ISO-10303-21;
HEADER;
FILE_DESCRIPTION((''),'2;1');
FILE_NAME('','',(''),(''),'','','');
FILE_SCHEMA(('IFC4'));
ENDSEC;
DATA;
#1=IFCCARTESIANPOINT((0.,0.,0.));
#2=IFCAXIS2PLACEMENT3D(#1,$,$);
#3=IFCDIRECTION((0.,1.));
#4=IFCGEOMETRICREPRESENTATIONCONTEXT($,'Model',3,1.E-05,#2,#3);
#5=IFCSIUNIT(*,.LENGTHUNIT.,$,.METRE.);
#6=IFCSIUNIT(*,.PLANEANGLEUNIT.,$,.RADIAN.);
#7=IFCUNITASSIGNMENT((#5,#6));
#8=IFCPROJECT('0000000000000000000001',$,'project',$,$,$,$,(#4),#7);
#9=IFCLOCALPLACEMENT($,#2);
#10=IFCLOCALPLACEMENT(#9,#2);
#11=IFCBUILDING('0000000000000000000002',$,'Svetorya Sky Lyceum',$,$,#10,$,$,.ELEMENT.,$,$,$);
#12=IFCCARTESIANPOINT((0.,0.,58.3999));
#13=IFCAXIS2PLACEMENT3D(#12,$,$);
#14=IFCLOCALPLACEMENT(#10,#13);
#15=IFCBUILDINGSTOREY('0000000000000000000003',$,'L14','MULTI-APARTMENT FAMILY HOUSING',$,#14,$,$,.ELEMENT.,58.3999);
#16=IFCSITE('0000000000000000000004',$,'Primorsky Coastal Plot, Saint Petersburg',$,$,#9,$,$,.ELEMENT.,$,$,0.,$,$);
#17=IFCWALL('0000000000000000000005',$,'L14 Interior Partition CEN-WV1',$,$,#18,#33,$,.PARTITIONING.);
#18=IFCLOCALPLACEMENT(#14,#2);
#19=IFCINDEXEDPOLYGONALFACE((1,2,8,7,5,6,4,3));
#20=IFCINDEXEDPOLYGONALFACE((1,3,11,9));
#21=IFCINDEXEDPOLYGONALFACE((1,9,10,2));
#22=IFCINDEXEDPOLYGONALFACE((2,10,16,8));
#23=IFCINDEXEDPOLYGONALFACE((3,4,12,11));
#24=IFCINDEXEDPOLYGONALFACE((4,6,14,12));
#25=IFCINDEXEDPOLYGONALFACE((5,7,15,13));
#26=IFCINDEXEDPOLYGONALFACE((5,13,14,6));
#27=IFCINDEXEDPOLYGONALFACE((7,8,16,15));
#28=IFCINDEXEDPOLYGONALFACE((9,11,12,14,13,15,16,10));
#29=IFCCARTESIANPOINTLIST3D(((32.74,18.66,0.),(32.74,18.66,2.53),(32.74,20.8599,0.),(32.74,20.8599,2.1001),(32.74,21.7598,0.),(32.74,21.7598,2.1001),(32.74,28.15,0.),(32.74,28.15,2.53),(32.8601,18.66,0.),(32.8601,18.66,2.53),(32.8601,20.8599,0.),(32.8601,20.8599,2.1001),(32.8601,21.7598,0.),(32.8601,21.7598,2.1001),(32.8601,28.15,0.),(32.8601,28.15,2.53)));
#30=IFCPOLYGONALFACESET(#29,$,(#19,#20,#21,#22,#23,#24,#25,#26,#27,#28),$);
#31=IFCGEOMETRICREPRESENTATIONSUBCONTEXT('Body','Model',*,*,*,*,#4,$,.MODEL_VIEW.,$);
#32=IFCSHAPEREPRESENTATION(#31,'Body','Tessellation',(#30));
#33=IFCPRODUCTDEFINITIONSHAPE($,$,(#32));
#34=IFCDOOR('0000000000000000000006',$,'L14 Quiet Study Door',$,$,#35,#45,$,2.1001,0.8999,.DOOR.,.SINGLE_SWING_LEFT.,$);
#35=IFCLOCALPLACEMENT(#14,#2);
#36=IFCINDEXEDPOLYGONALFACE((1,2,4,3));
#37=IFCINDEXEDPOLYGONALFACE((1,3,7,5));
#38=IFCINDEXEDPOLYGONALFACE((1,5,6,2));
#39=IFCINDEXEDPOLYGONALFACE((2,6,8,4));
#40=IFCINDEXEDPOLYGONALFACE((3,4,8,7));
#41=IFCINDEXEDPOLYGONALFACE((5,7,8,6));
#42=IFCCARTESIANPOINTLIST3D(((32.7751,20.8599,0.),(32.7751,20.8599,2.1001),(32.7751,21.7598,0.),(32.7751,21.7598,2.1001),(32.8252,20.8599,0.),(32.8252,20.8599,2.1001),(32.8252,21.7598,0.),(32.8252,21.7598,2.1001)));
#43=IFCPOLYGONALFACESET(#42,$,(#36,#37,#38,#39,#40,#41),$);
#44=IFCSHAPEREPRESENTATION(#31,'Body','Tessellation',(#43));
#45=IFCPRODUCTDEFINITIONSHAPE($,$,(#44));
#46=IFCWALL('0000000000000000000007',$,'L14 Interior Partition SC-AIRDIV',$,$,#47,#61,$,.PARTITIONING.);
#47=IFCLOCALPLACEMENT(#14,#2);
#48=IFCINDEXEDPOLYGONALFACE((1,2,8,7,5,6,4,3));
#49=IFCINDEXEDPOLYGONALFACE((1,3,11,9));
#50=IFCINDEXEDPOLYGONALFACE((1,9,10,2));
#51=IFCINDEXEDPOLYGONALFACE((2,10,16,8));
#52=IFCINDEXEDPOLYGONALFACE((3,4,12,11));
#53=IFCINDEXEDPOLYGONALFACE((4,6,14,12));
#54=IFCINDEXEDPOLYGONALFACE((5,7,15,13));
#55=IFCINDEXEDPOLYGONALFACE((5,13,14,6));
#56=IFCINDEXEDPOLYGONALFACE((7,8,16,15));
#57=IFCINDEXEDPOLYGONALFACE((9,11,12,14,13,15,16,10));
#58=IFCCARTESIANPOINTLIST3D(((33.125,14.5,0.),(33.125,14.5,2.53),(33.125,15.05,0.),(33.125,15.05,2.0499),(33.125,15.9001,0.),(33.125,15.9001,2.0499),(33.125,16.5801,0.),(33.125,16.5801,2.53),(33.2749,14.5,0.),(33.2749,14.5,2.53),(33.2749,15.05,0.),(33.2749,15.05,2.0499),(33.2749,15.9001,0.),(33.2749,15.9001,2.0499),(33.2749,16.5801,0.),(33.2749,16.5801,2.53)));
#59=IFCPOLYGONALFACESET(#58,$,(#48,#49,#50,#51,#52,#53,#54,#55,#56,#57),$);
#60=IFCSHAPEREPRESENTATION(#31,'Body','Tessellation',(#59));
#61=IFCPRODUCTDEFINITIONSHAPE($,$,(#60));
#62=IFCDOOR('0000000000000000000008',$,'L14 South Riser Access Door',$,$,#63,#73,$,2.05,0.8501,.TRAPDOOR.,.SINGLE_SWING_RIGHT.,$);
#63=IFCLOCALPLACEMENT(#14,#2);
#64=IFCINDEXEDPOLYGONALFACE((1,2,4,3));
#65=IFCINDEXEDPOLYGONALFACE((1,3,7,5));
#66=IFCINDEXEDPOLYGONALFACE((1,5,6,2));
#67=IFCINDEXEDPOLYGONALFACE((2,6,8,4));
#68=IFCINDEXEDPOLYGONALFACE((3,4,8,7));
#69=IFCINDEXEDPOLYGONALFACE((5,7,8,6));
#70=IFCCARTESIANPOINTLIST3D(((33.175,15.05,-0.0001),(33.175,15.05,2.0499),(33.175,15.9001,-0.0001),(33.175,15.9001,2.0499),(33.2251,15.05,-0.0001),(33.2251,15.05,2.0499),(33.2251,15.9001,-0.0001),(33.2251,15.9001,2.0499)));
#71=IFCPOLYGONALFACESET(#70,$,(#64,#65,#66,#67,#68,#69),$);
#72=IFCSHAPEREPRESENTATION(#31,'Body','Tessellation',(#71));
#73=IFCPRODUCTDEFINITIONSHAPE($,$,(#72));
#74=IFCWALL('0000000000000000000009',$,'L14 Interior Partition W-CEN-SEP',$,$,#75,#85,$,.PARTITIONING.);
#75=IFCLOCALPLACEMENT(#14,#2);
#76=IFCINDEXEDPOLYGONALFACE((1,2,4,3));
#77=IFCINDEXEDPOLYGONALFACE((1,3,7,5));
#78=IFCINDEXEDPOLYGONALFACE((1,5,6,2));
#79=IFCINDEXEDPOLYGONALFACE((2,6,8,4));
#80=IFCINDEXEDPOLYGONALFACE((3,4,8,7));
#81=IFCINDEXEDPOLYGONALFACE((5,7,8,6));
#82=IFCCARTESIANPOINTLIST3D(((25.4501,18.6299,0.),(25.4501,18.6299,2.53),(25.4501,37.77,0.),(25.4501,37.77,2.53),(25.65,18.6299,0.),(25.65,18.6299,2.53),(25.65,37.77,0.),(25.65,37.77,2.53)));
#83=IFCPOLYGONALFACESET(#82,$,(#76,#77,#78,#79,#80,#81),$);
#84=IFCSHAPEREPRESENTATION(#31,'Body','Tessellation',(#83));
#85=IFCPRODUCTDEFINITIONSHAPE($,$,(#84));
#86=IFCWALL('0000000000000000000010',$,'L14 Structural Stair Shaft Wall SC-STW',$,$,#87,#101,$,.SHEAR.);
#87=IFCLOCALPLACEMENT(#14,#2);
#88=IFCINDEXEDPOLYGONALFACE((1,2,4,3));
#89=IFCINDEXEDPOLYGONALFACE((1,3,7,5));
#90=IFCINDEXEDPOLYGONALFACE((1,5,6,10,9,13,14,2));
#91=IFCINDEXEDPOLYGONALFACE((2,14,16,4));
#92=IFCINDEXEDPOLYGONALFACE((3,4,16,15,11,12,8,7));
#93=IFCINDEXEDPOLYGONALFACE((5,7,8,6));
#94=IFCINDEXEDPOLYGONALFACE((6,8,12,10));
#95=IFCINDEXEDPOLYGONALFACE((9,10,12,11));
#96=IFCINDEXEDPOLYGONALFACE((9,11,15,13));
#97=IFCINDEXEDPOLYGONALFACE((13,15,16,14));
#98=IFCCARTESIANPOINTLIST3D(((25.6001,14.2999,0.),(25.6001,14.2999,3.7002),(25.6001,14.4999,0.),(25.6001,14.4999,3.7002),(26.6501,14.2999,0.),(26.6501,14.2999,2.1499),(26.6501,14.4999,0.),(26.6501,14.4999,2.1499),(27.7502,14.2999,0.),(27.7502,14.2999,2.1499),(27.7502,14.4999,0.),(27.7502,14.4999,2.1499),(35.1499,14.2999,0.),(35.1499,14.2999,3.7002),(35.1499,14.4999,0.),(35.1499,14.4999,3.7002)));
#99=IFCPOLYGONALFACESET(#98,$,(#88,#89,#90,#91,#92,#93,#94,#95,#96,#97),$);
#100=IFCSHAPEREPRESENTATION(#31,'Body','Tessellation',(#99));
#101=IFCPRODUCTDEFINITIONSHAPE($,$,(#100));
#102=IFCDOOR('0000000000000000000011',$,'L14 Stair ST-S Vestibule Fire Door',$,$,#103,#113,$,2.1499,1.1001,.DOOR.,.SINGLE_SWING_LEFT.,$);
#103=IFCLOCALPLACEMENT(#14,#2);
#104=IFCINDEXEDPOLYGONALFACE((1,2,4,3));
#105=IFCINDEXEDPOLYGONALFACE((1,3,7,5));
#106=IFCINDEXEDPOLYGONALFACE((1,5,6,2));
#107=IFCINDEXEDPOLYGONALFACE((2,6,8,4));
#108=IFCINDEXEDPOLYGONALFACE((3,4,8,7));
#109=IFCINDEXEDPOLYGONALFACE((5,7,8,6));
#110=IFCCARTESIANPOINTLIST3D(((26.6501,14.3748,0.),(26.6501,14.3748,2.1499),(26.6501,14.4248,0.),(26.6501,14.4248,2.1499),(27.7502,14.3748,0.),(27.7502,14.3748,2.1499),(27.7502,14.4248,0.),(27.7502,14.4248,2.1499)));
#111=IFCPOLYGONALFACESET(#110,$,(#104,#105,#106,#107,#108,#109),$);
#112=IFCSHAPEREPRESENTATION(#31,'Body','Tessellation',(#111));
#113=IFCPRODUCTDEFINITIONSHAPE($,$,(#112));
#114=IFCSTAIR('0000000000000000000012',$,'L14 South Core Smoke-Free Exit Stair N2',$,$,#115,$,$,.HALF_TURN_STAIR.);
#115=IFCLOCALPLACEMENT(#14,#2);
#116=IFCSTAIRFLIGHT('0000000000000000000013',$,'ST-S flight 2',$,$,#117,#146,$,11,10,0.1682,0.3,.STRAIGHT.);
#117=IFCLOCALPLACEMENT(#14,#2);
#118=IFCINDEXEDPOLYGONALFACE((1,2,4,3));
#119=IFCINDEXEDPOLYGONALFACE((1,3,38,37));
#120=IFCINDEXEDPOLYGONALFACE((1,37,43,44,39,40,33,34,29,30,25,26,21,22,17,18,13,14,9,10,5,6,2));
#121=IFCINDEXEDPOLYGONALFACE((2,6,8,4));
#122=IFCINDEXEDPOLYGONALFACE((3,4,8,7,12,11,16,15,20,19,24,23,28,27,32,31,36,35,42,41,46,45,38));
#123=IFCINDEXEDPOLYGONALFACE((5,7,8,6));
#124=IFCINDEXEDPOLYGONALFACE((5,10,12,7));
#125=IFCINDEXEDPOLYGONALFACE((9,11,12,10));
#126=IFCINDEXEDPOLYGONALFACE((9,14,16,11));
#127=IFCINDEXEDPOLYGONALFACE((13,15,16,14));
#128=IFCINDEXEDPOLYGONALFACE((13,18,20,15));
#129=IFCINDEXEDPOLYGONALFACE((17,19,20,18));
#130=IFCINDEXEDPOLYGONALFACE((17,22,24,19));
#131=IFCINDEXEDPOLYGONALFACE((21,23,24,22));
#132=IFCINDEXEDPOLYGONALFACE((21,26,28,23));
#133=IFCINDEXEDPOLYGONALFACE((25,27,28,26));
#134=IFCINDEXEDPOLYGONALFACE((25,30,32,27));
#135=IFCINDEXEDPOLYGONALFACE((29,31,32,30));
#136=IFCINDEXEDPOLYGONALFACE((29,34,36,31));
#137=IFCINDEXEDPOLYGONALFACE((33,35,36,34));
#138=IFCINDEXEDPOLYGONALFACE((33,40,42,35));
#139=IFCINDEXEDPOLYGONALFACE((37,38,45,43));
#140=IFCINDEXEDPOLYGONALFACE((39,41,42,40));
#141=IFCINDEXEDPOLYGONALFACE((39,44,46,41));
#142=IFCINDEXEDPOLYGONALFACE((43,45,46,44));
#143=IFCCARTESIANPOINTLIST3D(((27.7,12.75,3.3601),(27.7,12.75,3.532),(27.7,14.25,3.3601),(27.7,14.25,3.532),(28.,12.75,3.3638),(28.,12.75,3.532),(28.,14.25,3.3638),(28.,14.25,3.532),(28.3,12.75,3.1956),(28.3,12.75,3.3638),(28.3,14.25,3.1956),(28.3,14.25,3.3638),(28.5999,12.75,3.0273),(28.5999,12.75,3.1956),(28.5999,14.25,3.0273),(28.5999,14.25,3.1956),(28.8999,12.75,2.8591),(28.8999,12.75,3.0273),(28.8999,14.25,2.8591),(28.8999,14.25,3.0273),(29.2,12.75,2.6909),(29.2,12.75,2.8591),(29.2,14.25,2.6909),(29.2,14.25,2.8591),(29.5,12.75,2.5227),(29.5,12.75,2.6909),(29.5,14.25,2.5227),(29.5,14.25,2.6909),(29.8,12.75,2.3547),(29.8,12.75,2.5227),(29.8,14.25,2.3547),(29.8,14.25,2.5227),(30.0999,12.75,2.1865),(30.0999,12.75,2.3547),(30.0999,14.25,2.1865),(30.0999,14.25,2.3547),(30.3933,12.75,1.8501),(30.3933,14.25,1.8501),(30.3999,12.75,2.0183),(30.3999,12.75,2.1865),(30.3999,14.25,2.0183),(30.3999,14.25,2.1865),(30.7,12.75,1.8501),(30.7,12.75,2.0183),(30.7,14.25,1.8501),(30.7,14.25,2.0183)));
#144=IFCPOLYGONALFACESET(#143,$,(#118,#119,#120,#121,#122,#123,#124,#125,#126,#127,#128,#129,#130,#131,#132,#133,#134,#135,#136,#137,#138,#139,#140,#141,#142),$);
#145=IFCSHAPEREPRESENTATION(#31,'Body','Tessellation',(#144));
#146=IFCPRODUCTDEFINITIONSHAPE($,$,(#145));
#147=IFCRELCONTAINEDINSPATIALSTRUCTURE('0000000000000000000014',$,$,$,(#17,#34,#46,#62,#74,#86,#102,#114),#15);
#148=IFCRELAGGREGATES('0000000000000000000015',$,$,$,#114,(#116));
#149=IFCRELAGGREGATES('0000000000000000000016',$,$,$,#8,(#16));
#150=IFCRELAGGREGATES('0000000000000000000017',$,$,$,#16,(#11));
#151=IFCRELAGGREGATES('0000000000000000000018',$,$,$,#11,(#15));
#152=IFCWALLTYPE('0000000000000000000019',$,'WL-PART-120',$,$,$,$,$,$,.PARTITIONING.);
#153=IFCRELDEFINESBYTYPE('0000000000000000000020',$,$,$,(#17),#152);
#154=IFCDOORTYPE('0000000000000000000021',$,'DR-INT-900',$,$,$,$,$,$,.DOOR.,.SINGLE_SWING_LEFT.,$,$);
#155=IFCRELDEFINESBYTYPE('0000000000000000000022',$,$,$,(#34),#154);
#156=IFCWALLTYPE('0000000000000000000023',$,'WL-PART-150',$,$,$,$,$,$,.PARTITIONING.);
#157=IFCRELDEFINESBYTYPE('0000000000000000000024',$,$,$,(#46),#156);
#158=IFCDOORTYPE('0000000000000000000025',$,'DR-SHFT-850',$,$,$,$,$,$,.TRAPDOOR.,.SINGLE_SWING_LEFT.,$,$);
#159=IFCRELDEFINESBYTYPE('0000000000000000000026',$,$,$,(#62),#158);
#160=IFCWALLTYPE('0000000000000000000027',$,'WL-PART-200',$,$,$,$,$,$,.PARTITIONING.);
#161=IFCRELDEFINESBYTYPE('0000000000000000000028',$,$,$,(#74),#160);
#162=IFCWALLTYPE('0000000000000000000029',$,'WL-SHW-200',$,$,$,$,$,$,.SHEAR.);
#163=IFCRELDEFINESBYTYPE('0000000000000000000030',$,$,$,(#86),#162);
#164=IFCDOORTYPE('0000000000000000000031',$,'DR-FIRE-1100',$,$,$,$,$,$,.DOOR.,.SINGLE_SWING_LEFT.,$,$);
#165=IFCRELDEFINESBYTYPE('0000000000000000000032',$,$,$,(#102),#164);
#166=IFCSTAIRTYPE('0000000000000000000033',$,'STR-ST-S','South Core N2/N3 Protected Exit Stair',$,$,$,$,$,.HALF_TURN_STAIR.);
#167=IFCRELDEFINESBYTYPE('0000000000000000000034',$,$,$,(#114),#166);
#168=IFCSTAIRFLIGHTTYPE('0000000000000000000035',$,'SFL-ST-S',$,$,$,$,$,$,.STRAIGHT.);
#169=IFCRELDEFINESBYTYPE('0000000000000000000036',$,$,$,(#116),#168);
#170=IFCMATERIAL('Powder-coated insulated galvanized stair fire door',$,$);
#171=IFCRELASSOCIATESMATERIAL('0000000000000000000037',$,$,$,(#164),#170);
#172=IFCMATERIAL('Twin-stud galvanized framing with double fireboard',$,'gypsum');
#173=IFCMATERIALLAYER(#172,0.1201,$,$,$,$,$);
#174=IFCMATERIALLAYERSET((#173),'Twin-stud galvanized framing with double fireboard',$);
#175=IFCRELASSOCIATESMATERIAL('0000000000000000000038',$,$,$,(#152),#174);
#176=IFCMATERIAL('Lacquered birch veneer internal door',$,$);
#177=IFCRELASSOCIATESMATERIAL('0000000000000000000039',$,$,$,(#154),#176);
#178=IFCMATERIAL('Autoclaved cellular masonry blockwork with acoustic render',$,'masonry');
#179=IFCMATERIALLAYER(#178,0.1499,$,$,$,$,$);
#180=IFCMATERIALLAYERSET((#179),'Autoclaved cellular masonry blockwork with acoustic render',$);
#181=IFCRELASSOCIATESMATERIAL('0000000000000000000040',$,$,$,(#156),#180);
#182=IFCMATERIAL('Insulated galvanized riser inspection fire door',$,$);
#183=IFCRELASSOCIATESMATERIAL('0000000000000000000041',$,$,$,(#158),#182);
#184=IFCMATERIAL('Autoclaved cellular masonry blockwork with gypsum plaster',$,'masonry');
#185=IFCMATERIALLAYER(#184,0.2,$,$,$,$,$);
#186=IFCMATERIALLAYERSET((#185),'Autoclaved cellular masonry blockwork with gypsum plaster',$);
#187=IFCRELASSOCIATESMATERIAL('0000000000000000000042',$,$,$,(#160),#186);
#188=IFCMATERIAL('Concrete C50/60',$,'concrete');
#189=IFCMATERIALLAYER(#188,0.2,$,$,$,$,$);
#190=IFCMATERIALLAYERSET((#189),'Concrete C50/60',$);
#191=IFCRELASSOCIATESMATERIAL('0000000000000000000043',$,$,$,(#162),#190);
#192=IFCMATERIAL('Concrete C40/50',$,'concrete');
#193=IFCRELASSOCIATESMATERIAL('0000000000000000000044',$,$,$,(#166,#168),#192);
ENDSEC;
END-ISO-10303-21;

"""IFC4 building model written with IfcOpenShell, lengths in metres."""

from ifc_helpers import new_model, si_unit, direction, frame, frame_2d, origin, place, context, subcontext, project, spatial, polyline, rectangle, outline, extrude, material, layer, layer_set, type_object, element, fill, aggregate, save


model = new_model("IFC4")

# Units and contexts
model_context = context("Model", 3, precision=1e-05, world=origin(), true_north=direction((0.0, 1.0)))
body_context = subcontext(model_context, "Body", "Model", "MODEL_VIEW")
ifc_project = project(units=[si_unit("LENGTHUNIT", "METRE"), si_unit("PLANEANGLEUNIT", "RADIAN")], contexts=[model_context])

# Site, building, storey
site_placement = place(None, origin())
site = spatial("IfcSite", under=ifc_project, at=site_placement, Name="Primorsky Coastal Plot, Saint Petersburg", CompositionType="ELEMENT", RefElevation=0.0)
building_placement = place(site_placement, origin())
building = spatial("IfcBuilding", under=site, at=building_placement, Name="Svetorya Sky Lyceum", CompositionType="ELEMENT")
storey_placement = place(building_placement, frame((0.0, 0.0, 58.3999)))
storey = spatial("IfcBuildingStorey", under=building, at=storey_placement, Name="L14", Description="MULTI-APARTMENT FAMILY HOUSING", CompositionType="ELEMENT", Elevation=58.3999)

# Shared definitions
ifc_material_1 = material(Name="Concrete C50/60", Category="concrete")

# Shared definitions
ifc_material_2 = material(Name="Powder-coated insulated galvanized stair fire door")
door_type_1 = type_object("IfcDoorType", Name="DR-FIRE-1100", OperationType="SINGLE_SWING_LEFT", PredefinedType="DOOR", material=ifc_material_2)

# Walls, openings, doors
ifc_material_3 = material(Name="Twin-stud galvanized framing with double fireboard", Category="gypsum")
ifc_layer_1 = layer(ifc_material_3, 0.1201)
ifc_layer_set_1 = layer_set([ifc_layer_1], Name="Twin-stud galvanized framing with double fireboard")
wall_type_1 = type_object("IfcWallType", Name="WL-PART-120", PredefinedType="PARTITIONING", material=ifc_layer_set_1)
wall_1_placement = place(storey_placement, frame((32.8, 18.6599, 0.0), z_axis=(0.0, 0.0, 1.0), x_axis=(0.0, 1.0, 0.0)))
wall_1 = element("IfcWall", 1, at=wall_1_placement, inside=storey, type_object=wall_type_1, Name="L14 Interior Partition CEN-WV1", PredefinedType="PARTITIONING", context=body_context, shape_type="SweptSolid", body=[
    extrude(rectangle(XDim=9.49, YDim=0.1201, at=frame_2d((4.7451, 0.0))), origin(), (0.0, 0.0, 1.0), 2.53),
])
opening_1_placement = place(wall_1_placement, frame((2.2, 0.0, 0.0)))
opening_1 = element("IfcOpeningElement", 2, at=opening_1_placement, cuts=wall_1, PredefinedType="OPENING", context=body_context, shape_type="SweptSolid", body=[
    extrude(rectangle(XDim=0.8999, YDim=2.1001, at=frame_2d((0.45, 1.05))), frame((0.0, 0.0701, 0.0), z_axis=(0.0, -1.0, 0.0), x_axis=(1.0, 0.0, 0.0)), (0.0, 0.0, 1.0), 0.1401),
])
ifc_material_4 = material(Name="Lacquered birch veneer internal door")
door_type_2 = type_object("IfcDoorType", Name="DR-INT-900", OperationType="SINGLE_SWING_LEFT", PredefinedType="DOOR", material=ifc_material_4)
door_1_placement = place(opening_1_placement, origin())
door_1 = element("IfcDoor", 3, at=door_1_placement, inside=storey, type_object=door_type_2, Name="L14 Quiet Study Door", OperationType="SINGLE_SWING_LEFT", OverallHeight=2.1001, OverallWidth=0.8999, PredefinedType="DOOR", context=body_context, shape_type="SweptSolid", body=[
    extrude(rectangle(XDim=0.8999, YDim=2.1001, at=frame_2d((0.45, 1.05))), frame((0.0, 0.0249, 0.0), z_axis=(0.0, -1.0, 0.0), x_axis=(1.0, 0.0, 0.0)), (0.0, 0.0, 1.0), 0.05),
])
fill(opening_1, door_1)
ifc_material_5 = material(Name="Autoclaved cellular masonry blockwork with acoustic render", Category="masonry")
ifc_layer_2 = layer(ifc_material_5, 0.1499)
ifc_layer_set_2 = layer_set([ifc_layer_2], Name="Autoclaved cellular masonry blockwork with acoustic render")
wall_type_2 = type_object("IfcWallType", Name="WL-PART-150", PredefinedType="PARTITIONING", material=ifc_layer_set_2)
wall_2_placement = place(storey_placement, frame((33.2, 14.5, 0.0), z_axis=(0.0, 0.0, 1.0), x_axis=(0.0, 1.0, 0.0)))
wall_2 = element("IfcWall", 4, at=wall_2_placement, inside=storey, type_object=wall_type_2, Name="L14 Interior Partition SC-AIRDIV", PredefinedType="PARTITIONING", context=body_context, shape_type="SweptSolid", body=[
    extrude(rectangle(XDim=2.0801, YDim=0.1499, at=frame_2d((1.04, 0.0))), origin(), (0.0, 0.0, 1.0), 2.53),
])
opening_2_placement = place(wall_2_placement, frame((0.55, 0.0, 0.0)))
opening_2 = element("IfcOpeningElement", 5, at=opening_2_placement, cuts=wall_2, PredefinedType="OPENING", context=body_context, shape_type="SweptSolid", body=[
    extrude(rectangle(XDim=0.8501, YDim=2.05, at=frame_2d((0.425, 1.0249))), frame((0.0, 0.085, 0.0), z_axis=(0.0, -1.0, 0.0), x_axis=(1.0, 0.0, 0.0)), (0.0, 0.0, 1.0), 0.1699),
])
ifc_material_6 = material(Name="Insulated galvanized riser inspection fire door")
door_type_3 = type_object("IfcDoorType", Name="DR-SHFT-850", OperationType="SINGLE_SWING_LEFT", PredefinedType="TRAPDOOR", material=ifc_material_6)
door_2_placement = place(opening_2_placement, origin())
door_2 = element("IfcDoor", 6, at=door_2_placement, inside=storey, type_object=door_type_3, Name="L14 South Riser Access Door", OperationType="SINGLE_SWING_RIGHT", OverallHeight=2.05, OverallWidth=0.8501, PredefinedType="TRAPDOOR", context=body_context, shape_type="SweptSolid", body=[
    extrude(rectangle(XDim=0.8501, YDim=2.05, at=frame_2d((0.425, 1.0249))), frame((0.0, 0.0249, 0.0), z_axis=(0.0, -1.0, 0.0), x_axis=(1.0, 0.0, 0.0)), (0.0, 0.0, 1.0), 0.05),
])
fill(opening_2, door_2)

# Shared definitions
ifc_material_7 = material(Name="Autoclaved cellular masonry blockwork with gypsum plaster", Category="masonry")
ifc_layer_3 = layer(ifc_material_7, 0.2)
ifc_layer_set_3 = layer_set([ifc_layer_3], Name="Autoclaved cellular masonry blockwork with gypsum plaster")
wall_type_3 = type_object("IfcWallType", Name="WL-PART-200", PredefinedType="PARTITIONING", material=ifc_layer_set_3)

# Wall
wall_3_placement = place(storey_placement, frame((25.55, 18.6299, 0.0), z_axis=(0.0, 0.0, 1.0), x_axis=(0.0, 1.0, 0.0)))
element("IfcWall", 7, at=wall_3_placement, inside=storey, type_object=wall_type_3, Name="L14 Interior Partition W-CEN-SEP", PredefinedType="PARTITIONING", context=body_context, shape_type="SweptSolid", body=[
    extrude(rectangle(XDim=19.1401, YDim=0.2, at=frame_2d((9.5701, 0.0))), origin(), (0.0, 0.0, 1.0), 2.53),
])

# Wall, opening, door
ifc_layer_4 = layer(ifc_material_1, 0.2)
ifc_layer_set_4 = layer_set([ifc_layer_4], Name="Concrete C50/60")
wall_type_4 = type_object("IfcWallType", Name="WL-SHW-200", PredefinedType="SHEAR", material=ifc_layer_set_4)
wall_4_placement = place(storey_placement, frame((25.6001, 14.3999, 0.0), z_axis=(0.0, 0.0, 1.0), x_axis=(1.0, 0.0, 0.0)))
wall_4 = element("IfcWall", 8, at=wall_4_placement, inside=storey, type_object=wall_type_4, Name="L14 Structural Stair Shaft Wall SC-STW", PredefinedType="SHEAR", context=body_context, shape_type="SweptSolid", body=[
    extrude(rectangle(XDim=9.5498, YDim=0.2, at=frame_2d((4.7749, 0.0))), origin(), (0.0, 0.0, 1.0), 3.7002),
])
opening_3_placement = place(wall_4_placement, frame((1.05, 0.0, 0.0)))
opening_3 = element("IfcOpeningElement", 9, at=opening_3_placement, cuts=wall_4, PredefinedType="OPENING", context=body_context, shape_type="SweptSolid", body=[
    extrude(rectangle(XDim=1.1001, YDim=2.1499, at=frame_2d((0.55, 1.075))), frame((0.0, 0.1099, 0.0), z_axis=(0.0, -1.0, 0.0), x_axis=(1.0, 0.0, 0.0)), (0.0, 0.0, 1.0), 0.22),
])
door_3_placement = place(opening_3_placement, origin())
door_3 = element("IfcDoor", 10, at=door_3_placement, inside=storey, type_object=door_type_1, Name="L14 Stair ST-S Vestibule Fire Door", OperationType="SINGLE_SWING_LEFT", OverallHeight=2.1499, OverallWidth=1.1001, PredefinedType="DOOR", context=body_context, shape_type="SweptSolid", body=[
    extrude(rectangle(XDim=1.1001, YDim=2.1499, at=frame_2d((0.55, 1.075))), frame((0.0, 0.0249, 0.0), z_axis=(0.0, -1.0, 0.0), x_axis=(1.0, 0.0, 0.0)), (0.0, 0.0, 1.0), 0.05),
])
fill(opening_3, door_3)

# Stair, stair flight
ifc_material_8 = material(Name="Concrete C40/50", Category="concrete")
stair_type = type_object("IfcStairType", Name="STR-ST-S", Description="South Core N2/N3 Protected Exit Stair", PredefinedType="HALF_TURN_STAIR", material=ifc_material_8)
stair_placement = place(storey_placement, origin())
stair = element("IfcStair", 11, at=stair_placement, inside=storey, type_object=stair_type, Name="L14 South Core Smoke-Free Exit Stair N2", PredefinedType="HALF_TURN_STAIR")
stair_flight_type = type_object("IfcStairFlightType", Name="SFL-ST-S", PredefinedType="STRAIGHT", material=ifc_material_8)
stair_flight_placement = place(storey_placement, frame((30.7, 13.5, 1.8501), z_axis=(0.0, 0.0, 1.0), x_axis=(-1.0, 0.0, 0.0)))
stair_flight = element("IfcStairFlight", 12, at=stair_flight_placement, type_object=stair_flight_type, Name="ST-S flight 2", NumberOfRisers=11, NumberOfTreads=10, PredefinedType="STRAIGHT", RiserHeight=0.1682, TreadLength=0.3, context=body_context, shape_type="SweptSolid", body=[
    extrude(outline(polyline([(0.0, 0.0), (0.0, 0.1682), (0.3, 0.1682), (0.3, 0.3364), (0.6001, 0.3364), (0.6001, 0.5046), (0.8999, 0.5046), (0.8999, 0.6726), (1.2, 0.6726), (1.2, 0.8408), (1.5, 0.8408), (1.5, 1.009), (1.8, 1.009), (1.8, 1.1772), (2.1001, 1.1772), (2.1001, 1.3455), (2.3999, 1.3455), (2.3999, 1.5137), (2.7, 1.5137), (2.7, 1.6819), (3.0, 1.6819), (3.0, 1.8501), (3.0, 1.51), (0.3066, 0.0), (0.0, 0.0)])), frame((0.0, 0.75, 0.0), z_axis=(0.0, -1.0, 0.0), x_axis=(1.0, 0.0, 0.0)), (0.0, 0.0, 1.0), 1.5),
])
aggregate(stair, [stair_flight])

save(model, "model.ifc")
